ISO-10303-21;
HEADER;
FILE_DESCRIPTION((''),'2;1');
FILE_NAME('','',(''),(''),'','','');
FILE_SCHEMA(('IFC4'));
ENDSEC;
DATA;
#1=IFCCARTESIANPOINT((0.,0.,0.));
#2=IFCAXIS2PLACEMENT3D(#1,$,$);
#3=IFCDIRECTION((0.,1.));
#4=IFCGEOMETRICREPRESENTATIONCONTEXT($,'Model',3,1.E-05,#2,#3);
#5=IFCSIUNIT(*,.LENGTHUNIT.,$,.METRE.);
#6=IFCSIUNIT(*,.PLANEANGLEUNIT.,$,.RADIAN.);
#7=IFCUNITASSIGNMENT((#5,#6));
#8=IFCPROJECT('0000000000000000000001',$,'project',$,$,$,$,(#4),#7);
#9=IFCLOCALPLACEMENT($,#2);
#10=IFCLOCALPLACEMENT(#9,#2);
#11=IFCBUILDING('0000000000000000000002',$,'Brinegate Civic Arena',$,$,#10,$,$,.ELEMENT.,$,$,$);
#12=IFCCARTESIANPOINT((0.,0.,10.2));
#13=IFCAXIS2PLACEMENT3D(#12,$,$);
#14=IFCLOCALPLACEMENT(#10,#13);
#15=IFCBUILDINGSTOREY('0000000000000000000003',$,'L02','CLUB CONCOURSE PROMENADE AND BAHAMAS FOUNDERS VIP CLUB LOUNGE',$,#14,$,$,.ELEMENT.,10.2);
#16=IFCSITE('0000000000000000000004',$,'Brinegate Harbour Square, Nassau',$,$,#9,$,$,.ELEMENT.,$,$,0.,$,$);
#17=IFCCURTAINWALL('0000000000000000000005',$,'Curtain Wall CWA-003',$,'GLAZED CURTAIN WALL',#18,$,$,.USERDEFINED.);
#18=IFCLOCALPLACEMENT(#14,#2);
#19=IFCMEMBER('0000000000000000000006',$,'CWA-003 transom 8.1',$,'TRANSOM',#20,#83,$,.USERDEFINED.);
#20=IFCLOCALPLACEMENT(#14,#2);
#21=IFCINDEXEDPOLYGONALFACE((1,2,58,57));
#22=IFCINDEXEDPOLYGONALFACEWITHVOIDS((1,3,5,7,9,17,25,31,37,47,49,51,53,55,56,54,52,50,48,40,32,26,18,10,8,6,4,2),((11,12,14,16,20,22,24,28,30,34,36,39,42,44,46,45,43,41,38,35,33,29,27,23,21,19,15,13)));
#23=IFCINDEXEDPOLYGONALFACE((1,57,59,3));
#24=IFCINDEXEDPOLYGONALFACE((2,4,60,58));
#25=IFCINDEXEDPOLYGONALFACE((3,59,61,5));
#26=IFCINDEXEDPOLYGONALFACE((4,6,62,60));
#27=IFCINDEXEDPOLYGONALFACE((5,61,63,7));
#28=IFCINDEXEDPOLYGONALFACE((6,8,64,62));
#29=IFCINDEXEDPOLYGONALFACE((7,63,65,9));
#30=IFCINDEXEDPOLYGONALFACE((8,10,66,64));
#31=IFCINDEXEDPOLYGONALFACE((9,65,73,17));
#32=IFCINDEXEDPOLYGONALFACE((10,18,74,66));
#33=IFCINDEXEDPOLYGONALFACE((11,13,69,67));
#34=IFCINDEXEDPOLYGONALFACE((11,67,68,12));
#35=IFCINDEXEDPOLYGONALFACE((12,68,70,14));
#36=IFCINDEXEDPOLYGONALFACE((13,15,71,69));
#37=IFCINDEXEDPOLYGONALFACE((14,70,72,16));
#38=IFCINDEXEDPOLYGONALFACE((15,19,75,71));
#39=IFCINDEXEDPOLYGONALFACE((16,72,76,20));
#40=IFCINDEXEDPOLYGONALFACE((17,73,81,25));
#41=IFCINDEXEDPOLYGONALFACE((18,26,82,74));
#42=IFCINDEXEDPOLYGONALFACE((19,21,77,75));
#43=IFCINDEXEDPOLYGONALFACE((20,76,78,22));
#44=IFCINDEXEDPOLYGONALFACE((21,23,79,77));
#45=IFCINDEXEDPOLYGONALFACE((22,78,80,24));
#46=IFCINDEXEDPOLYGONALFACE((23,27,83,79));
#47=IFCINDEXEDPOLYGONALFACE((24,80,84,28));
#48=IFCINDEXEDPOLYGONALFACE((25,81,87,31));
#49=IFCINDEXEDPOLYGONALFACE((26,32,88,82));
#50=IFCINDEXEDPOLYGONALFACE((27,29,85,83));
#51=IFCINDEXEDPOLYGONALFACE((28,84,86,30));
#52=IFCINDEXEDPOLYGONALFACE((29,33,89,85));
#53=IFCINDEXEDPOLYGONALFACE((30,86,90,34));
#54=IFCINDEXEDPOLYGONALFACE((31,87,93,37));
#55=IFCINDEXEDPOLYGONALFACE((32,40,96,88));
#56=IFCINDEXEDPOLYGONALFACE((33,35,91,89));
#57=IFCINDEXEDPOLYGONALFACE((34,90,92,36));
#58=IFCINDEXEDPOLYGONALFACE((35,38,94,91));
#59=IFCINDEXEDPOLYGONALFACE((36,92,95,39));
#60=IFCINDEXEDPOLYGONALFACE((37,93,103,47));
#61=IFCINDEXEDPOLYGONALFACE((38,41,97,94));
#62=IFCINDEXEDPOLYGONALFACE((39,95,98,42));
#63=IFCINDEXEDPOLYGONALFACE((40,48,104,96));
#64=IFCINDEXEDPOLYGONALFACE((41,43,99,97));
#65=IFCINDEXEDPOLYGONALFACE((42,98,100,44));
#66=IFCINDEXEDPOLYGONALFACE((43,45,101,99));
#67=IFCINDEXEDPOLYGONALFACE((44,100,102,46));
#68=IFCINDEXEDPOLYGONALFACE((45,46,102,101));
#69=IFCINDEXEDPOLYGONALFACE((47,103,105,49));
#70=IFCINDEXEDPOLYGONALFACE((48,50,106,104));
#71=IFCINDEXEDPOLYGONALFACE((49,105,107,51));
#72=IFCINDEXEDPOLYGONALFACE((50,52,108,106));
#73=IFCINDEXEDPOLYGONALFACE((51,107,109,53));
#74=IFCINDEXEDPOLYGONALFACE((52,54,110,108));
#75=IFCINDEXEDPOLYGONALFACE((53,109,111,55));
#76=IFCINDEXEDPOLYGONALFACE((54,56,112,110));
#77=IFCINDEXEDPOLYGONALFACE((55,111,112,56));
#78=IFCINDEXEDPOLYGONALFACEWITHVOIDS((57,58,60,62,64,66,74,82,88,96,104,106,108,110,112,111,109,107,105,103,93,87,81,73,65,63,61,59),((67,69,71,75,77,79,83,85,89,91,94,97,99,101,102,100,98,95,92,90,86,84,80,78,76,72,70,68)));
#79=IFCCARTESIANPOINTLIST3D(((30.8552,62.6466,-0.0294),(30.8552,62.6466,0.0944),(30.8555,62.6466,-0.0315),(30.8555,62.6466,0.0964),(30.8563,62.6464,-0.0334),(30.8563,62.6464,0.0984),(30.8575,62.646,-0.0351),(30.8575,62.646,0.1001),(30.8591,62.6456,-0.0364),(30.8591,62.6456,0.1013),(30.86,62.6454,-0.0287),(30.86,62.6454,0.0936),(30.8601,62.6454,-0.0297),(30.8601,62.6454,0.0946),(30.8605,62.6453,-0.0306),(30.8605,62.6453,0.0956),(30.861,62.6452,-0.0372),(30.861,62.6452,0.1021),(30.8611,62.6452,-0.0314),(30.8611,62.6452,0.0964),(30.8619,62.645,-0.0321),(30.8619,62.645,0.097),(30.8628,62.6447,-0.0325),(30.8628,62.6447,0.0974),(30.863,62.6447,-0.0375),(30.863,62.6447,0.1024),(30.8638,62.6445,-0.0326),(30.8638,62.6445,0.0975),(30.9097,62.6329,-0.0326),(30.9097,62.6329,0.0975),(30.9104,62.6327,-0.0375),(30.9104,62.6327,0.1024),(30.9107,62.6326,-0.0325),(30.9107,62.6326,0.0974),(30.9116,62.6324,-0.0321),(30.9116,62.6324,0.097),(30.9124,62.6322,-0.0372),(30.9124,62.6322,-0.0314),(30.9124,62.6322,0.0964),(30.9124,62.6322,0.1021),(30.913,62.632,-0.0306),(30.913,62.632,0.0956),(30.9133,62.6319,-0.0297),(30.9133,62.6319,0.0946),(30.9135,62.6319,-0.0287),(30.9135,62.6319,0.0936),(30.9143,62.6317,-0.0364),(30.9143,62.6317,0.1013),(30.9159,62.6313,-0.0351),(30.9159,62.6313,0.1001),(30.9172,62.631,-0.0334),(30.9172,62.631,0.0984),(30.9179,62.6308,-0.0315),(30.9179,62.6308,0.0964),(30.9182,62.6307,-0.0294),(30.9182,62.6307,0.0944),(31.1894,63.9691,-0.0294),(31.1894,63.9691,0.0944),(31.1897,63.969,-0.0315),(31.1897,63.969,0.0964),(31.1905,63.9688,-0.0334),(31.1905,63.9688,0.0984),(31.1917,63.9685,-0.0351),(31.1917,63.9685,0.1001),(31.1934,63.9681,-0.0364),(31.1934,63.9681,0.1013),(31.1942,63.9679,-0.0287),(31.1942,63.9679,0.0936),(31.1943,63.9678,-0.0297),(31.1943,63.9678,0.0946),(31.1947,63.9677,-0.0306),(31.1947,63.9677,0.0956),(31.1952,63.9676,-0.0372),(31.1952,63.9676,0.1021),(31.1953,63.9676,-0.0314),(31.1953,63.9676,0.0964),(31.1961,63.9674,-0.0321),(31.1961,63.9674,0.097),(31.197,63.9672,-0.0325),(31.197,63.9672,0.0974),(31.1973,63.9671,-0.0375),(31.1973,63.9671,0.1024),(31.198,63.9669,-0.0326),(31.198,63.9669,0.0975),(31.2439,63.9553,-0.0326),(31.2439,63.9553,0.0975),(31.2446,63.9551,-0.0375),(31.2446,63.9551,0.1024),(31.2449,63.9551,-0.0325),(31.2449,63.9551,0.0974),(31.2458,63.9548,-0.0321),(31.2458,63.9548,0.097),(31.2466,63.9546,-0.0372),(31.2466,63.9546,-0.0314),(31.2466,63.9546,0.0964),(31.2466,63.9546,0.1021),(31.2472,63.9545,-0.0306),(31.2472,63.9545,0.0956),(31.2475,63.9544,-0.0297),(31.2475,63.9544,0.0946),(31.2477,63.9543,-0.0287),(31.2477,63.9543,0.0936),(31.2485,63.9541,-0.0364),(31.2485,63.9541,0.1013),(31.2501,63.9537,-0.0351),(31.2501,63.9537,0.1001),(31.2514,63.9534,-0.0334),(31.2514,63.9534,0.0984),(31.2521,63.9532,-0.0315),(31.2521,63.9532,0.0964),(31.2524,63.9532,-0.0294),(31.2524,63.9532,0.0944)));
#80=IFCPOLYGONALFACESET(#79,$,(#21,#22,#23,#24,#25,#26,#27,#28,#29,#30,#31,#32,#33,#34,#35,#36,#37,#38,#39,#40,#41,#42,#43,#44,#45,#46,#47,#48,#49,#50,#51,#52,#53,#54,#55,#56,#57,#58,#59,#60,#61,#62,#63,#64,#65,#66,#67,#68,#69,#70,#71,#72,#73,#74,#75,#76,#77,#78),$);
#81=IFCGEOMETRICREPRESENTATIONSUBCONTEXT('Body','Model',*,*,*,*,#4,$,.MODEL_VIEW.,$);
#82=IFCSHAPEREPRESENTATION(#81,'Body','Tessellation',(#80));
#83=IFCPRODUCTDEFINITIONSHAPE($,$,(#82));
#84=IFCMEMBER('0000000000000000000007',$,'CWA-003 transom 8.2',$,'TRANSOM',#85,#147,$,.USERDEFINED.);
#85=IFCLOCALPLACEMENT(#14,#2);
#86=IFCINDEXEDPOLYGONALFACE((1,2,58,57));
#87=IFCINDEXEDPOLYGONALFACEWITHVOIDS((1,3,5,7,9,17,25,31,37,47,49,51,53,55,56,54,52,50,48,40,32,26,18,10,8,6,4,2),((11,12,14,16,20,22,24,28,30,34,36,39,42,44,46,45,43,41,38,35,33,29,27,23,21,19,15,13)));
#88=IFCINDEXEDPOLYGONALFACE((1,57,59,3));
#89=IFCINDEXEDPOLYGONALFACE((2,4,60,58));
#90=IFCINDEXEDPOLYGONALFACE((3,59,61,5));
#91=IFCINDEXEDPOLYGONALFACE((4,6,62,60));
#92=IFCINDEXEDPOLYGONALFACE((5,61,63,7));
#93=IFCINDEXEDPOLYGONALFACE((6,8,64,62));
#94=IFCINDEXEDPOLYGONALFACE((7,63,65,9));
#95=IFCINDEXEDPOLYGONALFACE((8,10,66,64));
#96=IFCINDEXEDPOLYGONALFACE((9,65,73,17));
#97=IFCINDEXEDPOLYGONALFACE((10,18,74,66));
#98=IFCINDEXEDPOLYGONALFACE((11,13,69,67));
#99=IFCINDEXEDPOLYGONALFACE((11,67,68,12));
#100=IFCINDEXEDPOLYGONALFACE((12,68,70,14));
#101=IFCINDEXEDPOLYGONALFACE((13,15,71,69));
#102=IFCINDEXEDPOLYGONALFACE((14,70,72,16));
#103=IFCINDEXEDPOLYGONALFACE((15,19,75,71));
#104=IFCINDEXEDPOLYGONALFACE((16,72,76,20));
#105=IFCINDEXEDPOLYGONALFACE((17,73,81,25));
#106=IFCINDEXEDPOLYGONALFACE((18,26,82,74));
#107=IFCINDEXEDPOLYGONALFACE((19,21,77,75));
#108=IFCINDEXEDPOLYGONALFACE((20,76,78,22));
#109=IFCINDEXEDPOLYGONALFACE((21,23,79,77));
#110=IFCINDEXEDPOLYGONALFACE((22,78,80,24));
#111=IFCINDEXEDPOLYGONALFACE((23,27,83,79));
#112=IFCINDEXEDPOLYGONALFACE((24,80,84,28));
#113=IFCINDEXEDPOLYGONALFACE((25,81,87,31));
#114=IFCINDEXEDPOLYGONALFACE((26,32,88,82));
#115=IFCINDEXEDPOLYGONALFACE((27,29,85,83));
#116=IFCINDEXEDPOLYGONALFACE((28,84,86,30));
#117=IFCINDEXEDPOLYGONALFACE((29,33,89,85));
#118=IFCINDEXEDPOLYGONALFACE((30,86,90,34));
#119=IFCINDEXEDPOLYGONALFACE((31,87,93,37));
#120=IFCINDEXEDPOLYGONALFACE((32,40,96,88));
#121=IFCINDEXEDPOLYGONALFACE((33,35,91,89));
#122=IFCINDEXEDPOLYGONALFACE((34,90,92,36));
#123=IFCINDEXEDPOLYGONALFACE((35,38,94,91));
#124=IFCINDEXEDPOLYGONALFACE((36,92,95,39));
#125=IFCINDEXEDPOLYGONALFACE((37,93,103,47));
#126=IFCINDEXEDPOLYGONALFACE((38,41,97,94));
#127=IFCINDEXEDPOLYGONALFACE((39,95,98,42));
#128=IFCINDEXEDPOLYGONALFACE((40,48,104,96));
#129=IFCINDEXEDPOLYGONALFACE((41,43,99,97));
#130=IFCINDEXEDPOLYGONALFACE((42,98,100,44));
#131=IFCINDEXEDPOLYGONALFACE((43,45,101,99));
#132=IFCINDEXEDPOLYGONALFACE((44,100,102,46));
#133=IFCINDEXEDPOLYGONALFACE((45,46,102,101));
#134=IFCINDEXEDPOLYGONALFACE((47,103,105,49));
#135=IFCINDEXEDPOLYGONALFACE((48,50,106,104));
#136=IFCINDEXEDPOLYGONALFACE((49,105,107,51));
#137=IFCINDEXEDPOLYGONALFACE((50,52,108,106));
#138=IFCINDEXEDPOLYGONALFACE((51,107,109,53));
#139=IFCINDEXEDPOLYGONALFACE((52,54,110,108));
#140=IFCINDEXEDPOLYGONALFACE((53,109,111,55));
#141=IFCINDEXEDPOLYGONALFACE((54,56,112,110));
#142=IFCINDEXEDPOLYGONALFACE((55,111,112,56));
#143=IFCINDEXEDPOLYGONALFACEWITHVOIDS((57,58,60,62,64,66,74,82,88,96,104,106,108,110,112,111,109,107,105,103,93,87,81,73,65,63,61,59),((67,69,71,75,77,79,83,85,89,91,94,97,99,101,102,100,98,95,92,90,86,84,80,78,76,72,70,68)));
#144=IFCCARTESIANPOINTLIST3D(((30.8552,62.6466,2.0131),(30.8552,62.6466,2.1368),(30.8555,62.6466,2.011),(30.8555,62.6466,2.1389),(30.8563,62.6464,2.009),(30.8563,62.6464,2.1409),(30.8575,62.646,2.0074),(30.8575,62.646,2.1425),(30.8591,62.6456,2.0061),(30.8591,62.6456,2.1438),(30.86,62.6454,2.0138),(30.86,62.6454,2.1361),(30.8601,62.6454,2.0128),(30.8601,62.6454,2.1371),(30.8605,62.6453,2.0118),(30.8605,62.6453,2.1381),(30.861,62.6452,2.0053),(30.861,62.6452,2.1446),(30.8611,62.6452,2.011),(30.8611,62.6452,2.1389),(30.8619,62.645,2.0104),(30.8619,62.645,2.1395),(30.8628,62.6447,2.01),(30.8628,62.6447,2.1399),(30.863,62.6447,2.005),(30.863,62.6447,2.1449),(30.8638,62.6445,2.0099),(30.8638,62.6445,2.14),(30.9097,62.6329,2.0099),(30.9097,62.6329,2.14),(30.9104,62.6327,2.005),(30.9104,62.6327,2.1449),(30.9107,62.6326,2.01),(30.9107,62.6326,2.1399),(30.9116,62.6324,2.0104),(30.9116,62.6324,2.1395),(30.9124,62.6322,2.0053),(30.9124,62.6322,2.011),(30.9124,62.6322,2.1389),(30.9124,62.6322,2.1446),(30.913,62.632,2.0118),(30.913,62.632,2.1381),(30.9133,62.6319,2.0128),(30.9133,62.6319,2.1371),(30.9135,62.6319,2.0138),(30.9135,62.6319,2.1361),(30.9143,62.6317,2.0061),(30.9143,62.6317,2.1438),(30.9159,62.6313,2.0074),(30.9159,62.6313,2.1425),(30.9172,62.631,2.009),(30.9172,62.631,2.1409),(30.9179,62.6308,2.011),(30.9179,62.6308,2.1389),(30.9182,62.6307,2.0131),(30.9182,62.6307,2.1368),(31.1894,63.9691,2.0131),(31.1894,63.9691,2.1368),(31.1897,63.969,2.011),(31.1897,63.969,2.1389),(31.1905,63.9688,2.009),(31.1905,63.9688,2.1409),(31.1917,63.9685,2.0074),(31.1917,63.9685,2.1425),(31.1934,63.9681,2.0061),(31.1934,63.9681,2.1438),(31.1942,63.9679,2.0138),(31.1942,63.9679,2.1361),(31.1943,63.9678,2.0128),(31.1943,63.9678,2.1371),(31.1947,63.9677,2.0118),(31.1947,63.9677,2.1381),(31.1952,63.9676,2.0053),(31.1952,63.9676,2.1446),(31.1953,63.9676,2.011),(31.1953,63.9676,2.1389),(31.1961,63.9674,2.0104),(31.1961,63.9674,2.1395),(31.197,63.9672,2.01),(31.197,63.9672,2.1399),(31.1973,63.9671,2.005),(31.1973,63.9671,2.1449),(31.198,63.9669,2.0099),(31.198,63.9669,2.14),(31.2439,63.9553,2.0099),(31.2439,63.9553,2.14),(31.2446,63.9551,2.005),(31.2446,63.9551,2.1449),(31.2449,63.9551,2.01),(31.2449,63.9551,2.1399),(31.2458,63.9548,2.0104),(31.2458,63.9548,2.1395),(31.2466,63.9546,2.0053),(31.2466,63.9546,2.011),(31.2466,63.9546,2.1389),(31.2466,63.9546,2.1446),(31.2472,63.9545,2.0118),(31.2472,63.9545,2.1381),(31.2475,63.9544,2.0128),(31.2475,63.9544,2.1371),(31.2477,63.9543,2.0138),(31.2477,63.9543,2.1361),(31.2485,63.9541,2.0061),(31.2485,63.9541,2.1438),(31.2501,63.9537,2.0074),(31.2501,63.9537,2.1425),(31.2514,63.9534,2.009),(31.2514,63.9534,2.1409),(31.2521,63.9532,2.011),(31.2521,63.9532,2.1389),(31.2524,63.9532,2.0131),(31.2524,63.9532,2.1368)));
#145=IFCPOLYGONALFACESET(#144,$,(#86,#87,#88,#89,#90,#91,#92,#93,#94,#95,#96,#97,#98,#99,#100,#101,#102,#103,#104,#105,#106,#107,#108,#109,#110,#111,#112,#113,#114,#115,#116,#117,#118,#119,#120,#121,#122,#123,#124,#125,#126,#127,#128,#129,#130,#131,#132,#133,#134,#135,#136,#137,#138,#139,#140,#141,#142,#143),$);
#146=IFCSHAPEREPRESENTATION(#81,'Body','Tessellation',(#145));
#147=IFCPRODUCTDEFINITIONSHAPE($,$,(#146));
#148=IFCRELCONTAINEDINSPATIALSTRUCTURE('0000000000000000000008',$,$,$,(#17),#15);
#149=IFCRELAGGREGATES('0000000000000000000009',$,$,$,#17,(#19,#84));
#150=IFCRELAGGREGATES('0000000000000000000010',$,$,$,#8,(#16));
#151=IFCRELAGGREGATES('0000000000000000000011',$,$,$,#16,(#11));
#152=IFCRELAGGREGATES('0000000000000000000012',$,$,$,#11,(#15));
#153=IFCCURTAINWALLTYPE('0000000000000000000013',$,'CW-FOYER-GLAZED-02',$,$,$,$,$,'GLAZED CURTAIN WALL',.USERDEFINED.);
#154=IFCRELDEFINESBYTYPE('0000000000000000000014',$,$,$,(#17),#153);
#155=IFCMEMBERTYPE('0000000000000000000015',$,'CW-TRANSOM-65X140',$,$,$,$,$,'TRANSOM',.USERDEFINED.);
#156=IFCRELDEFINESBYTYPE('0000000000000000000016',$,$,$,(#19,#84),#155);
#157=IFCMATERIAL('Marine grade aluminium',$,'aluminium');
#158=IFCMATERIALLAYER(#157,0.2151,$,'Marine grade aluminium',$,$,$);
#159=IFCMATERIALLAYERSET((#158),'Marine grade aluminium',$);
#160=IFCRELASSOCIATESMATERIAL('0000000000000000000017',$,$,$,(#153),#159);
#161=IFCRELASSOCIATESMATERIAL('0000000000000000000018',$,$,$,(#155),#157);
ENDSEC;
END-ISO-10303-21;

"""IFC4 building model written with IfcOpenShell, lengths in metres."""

from ifc_helpers import new_model, si_unit, direction, frame, origin, origin_2d, place, context, subcontext, project, spatial, hollow_rectangle, extrude, material, layer, layer_set, material_profile, profile_set, type_object, element, aggregate, save


model = new_model("IFC4")

# Units and contexts
model_context = context("Model", 3, precision=1e-05, world=origin(), true_north=direction((0.0, 1.0)))
body_context = subcontext(model_context, "Body", "Model", "MODEL_VIEW")
ifc_project = project(units=[si_unit("LENGTHUNIT", "METRE"), si_unit("PLANEANGLEUNIT", "RADIAN")], contexts=[model_context])

# Site, building, storey
site_placement = place(None, origin())
site = spatial("IfcSite", under=ifc_project, at=site_placement, Name="Brinegate Harbour Square, Nassau", CompositionType="ELEMENT", RefElevation=0.0)
building_placement = place(site_placement, origin())
building = spatial("IfcBuilding", under=site, at=building_placement, Name="Brinegate Civic Arena", CompositionType="ELEMENT")
storey_placement = place(building_placement, frame((0.0, 0.0, 10.2)))
storey = spatial("IfcBuildingStorey", under=building, at=storey_placement, Name="L02", Description="CLUB CONCOURSE PROMENADE AND BAHAMAS FOUNDERS VIP CLUB LOUNGE", CompositionType="ELEMENT", Elevation=10.2)

# Curtain wall, members
ifc_material_1 = material(Name="Marine grade aluminium", Category="aluminium")
ifc_layer_1 = layer(ifc_material_1, 0.2151, Name="Marine grade aluminium")
ifc_layer_set_1 = layer_set([ifc_layer_1], Name="Marine grade aluminium")
curtain_wall_type_1 = type_object("IfcCurtainWallType", Name="CW-FOYER-GLAZED-02", ElementType="GLAZED CURTAIN WALL", PredefinedType="USERDEFINED", material=ifc_layer_set_1)
curtain_wall_1_placement = place(storey_placement, origin())
curtain_wall_1 = element("IfcCurtainWall", 1, at=curtain_wall_1_placement, inside=storey, type_object=curtain_wall_type_1, Name="Curtain Wall CWA-003", ObjectType="GLAZED CURTAIN WALL", PredefinedType="USERDEFINED")
ifc_material_profile_1 = material_profile(ifc_material_1, hollow_rectangle(XDim=0.0649, YDim=0.1399, WallThickness=0.0049, InnerFilletRadius=0.0039, OuterFilletRadius=0.0081, at=origin_2d()), Name="TRN65X140")
ifc_profile_set_1 = profile_set([ifc_material_profile_1], Name="Marine grade aluminium")
member_type_1 = type_object("IfcMemberType", Name="CW-TRANSOM-65X140", ElementType="TRANSOM", PredefinedType="USERDEFINED", material=ifc_profile_set_1)
member_1_placement = place(storey_placement, frame((30.8867, 62.6387, 0.0325), z_axis=(0.245019, 0.969518, 0.0), x_axis=(-0.969518, 0.245019, 0.0)))
member_1 = element("IfcMember", 2, at=member_1_placement, type_object=member_type_1, Name="CWA-003 transom 8.1", ObjectType="TRANSOM", PredefinedType="USERDEFINED", context=body_context, shape_type="SweptSolid", body=[
    extrude(hollow_rectangle(XDim=0.0649, YDim=0.1399, WallThickness=0.0049, InnerFilletRadius=0.0039, OuterFilletRadius=0.0081, at=origin_2d()), origin(), (0.0, 0.0, 1.0), 1.364),
])
member_2_placement = place(storey_placement, frame((30.8867, 62.6387, 2.075), z_axis=(0.245019, 0.969518, 0.0), x_axis=(-0.969518, 0.245019, 0.0)))
member_2 = element("IfcMember", 3, at=member_2_placement, type_object=member_type_1, Name="CWA-003 transom 8.2", ObjectType="TRANSOM", PredefinedType="USERDEFINED", context=body_context, shape_type="SweptSolid", body=[
    extrude(hollow_rectangle(XDim=0.0649, YDim=0.1399, WallThickness=0.0049, InnerFilletRadius=0.0039, OuterFilletRadius=0.0081, at=origin_2d()), origin(), (0.0, 0.0, 1.0), 1.364),
])

aggregate(curtain_wall_1, [member_1, member_2])

save(model, "model.ifc")
